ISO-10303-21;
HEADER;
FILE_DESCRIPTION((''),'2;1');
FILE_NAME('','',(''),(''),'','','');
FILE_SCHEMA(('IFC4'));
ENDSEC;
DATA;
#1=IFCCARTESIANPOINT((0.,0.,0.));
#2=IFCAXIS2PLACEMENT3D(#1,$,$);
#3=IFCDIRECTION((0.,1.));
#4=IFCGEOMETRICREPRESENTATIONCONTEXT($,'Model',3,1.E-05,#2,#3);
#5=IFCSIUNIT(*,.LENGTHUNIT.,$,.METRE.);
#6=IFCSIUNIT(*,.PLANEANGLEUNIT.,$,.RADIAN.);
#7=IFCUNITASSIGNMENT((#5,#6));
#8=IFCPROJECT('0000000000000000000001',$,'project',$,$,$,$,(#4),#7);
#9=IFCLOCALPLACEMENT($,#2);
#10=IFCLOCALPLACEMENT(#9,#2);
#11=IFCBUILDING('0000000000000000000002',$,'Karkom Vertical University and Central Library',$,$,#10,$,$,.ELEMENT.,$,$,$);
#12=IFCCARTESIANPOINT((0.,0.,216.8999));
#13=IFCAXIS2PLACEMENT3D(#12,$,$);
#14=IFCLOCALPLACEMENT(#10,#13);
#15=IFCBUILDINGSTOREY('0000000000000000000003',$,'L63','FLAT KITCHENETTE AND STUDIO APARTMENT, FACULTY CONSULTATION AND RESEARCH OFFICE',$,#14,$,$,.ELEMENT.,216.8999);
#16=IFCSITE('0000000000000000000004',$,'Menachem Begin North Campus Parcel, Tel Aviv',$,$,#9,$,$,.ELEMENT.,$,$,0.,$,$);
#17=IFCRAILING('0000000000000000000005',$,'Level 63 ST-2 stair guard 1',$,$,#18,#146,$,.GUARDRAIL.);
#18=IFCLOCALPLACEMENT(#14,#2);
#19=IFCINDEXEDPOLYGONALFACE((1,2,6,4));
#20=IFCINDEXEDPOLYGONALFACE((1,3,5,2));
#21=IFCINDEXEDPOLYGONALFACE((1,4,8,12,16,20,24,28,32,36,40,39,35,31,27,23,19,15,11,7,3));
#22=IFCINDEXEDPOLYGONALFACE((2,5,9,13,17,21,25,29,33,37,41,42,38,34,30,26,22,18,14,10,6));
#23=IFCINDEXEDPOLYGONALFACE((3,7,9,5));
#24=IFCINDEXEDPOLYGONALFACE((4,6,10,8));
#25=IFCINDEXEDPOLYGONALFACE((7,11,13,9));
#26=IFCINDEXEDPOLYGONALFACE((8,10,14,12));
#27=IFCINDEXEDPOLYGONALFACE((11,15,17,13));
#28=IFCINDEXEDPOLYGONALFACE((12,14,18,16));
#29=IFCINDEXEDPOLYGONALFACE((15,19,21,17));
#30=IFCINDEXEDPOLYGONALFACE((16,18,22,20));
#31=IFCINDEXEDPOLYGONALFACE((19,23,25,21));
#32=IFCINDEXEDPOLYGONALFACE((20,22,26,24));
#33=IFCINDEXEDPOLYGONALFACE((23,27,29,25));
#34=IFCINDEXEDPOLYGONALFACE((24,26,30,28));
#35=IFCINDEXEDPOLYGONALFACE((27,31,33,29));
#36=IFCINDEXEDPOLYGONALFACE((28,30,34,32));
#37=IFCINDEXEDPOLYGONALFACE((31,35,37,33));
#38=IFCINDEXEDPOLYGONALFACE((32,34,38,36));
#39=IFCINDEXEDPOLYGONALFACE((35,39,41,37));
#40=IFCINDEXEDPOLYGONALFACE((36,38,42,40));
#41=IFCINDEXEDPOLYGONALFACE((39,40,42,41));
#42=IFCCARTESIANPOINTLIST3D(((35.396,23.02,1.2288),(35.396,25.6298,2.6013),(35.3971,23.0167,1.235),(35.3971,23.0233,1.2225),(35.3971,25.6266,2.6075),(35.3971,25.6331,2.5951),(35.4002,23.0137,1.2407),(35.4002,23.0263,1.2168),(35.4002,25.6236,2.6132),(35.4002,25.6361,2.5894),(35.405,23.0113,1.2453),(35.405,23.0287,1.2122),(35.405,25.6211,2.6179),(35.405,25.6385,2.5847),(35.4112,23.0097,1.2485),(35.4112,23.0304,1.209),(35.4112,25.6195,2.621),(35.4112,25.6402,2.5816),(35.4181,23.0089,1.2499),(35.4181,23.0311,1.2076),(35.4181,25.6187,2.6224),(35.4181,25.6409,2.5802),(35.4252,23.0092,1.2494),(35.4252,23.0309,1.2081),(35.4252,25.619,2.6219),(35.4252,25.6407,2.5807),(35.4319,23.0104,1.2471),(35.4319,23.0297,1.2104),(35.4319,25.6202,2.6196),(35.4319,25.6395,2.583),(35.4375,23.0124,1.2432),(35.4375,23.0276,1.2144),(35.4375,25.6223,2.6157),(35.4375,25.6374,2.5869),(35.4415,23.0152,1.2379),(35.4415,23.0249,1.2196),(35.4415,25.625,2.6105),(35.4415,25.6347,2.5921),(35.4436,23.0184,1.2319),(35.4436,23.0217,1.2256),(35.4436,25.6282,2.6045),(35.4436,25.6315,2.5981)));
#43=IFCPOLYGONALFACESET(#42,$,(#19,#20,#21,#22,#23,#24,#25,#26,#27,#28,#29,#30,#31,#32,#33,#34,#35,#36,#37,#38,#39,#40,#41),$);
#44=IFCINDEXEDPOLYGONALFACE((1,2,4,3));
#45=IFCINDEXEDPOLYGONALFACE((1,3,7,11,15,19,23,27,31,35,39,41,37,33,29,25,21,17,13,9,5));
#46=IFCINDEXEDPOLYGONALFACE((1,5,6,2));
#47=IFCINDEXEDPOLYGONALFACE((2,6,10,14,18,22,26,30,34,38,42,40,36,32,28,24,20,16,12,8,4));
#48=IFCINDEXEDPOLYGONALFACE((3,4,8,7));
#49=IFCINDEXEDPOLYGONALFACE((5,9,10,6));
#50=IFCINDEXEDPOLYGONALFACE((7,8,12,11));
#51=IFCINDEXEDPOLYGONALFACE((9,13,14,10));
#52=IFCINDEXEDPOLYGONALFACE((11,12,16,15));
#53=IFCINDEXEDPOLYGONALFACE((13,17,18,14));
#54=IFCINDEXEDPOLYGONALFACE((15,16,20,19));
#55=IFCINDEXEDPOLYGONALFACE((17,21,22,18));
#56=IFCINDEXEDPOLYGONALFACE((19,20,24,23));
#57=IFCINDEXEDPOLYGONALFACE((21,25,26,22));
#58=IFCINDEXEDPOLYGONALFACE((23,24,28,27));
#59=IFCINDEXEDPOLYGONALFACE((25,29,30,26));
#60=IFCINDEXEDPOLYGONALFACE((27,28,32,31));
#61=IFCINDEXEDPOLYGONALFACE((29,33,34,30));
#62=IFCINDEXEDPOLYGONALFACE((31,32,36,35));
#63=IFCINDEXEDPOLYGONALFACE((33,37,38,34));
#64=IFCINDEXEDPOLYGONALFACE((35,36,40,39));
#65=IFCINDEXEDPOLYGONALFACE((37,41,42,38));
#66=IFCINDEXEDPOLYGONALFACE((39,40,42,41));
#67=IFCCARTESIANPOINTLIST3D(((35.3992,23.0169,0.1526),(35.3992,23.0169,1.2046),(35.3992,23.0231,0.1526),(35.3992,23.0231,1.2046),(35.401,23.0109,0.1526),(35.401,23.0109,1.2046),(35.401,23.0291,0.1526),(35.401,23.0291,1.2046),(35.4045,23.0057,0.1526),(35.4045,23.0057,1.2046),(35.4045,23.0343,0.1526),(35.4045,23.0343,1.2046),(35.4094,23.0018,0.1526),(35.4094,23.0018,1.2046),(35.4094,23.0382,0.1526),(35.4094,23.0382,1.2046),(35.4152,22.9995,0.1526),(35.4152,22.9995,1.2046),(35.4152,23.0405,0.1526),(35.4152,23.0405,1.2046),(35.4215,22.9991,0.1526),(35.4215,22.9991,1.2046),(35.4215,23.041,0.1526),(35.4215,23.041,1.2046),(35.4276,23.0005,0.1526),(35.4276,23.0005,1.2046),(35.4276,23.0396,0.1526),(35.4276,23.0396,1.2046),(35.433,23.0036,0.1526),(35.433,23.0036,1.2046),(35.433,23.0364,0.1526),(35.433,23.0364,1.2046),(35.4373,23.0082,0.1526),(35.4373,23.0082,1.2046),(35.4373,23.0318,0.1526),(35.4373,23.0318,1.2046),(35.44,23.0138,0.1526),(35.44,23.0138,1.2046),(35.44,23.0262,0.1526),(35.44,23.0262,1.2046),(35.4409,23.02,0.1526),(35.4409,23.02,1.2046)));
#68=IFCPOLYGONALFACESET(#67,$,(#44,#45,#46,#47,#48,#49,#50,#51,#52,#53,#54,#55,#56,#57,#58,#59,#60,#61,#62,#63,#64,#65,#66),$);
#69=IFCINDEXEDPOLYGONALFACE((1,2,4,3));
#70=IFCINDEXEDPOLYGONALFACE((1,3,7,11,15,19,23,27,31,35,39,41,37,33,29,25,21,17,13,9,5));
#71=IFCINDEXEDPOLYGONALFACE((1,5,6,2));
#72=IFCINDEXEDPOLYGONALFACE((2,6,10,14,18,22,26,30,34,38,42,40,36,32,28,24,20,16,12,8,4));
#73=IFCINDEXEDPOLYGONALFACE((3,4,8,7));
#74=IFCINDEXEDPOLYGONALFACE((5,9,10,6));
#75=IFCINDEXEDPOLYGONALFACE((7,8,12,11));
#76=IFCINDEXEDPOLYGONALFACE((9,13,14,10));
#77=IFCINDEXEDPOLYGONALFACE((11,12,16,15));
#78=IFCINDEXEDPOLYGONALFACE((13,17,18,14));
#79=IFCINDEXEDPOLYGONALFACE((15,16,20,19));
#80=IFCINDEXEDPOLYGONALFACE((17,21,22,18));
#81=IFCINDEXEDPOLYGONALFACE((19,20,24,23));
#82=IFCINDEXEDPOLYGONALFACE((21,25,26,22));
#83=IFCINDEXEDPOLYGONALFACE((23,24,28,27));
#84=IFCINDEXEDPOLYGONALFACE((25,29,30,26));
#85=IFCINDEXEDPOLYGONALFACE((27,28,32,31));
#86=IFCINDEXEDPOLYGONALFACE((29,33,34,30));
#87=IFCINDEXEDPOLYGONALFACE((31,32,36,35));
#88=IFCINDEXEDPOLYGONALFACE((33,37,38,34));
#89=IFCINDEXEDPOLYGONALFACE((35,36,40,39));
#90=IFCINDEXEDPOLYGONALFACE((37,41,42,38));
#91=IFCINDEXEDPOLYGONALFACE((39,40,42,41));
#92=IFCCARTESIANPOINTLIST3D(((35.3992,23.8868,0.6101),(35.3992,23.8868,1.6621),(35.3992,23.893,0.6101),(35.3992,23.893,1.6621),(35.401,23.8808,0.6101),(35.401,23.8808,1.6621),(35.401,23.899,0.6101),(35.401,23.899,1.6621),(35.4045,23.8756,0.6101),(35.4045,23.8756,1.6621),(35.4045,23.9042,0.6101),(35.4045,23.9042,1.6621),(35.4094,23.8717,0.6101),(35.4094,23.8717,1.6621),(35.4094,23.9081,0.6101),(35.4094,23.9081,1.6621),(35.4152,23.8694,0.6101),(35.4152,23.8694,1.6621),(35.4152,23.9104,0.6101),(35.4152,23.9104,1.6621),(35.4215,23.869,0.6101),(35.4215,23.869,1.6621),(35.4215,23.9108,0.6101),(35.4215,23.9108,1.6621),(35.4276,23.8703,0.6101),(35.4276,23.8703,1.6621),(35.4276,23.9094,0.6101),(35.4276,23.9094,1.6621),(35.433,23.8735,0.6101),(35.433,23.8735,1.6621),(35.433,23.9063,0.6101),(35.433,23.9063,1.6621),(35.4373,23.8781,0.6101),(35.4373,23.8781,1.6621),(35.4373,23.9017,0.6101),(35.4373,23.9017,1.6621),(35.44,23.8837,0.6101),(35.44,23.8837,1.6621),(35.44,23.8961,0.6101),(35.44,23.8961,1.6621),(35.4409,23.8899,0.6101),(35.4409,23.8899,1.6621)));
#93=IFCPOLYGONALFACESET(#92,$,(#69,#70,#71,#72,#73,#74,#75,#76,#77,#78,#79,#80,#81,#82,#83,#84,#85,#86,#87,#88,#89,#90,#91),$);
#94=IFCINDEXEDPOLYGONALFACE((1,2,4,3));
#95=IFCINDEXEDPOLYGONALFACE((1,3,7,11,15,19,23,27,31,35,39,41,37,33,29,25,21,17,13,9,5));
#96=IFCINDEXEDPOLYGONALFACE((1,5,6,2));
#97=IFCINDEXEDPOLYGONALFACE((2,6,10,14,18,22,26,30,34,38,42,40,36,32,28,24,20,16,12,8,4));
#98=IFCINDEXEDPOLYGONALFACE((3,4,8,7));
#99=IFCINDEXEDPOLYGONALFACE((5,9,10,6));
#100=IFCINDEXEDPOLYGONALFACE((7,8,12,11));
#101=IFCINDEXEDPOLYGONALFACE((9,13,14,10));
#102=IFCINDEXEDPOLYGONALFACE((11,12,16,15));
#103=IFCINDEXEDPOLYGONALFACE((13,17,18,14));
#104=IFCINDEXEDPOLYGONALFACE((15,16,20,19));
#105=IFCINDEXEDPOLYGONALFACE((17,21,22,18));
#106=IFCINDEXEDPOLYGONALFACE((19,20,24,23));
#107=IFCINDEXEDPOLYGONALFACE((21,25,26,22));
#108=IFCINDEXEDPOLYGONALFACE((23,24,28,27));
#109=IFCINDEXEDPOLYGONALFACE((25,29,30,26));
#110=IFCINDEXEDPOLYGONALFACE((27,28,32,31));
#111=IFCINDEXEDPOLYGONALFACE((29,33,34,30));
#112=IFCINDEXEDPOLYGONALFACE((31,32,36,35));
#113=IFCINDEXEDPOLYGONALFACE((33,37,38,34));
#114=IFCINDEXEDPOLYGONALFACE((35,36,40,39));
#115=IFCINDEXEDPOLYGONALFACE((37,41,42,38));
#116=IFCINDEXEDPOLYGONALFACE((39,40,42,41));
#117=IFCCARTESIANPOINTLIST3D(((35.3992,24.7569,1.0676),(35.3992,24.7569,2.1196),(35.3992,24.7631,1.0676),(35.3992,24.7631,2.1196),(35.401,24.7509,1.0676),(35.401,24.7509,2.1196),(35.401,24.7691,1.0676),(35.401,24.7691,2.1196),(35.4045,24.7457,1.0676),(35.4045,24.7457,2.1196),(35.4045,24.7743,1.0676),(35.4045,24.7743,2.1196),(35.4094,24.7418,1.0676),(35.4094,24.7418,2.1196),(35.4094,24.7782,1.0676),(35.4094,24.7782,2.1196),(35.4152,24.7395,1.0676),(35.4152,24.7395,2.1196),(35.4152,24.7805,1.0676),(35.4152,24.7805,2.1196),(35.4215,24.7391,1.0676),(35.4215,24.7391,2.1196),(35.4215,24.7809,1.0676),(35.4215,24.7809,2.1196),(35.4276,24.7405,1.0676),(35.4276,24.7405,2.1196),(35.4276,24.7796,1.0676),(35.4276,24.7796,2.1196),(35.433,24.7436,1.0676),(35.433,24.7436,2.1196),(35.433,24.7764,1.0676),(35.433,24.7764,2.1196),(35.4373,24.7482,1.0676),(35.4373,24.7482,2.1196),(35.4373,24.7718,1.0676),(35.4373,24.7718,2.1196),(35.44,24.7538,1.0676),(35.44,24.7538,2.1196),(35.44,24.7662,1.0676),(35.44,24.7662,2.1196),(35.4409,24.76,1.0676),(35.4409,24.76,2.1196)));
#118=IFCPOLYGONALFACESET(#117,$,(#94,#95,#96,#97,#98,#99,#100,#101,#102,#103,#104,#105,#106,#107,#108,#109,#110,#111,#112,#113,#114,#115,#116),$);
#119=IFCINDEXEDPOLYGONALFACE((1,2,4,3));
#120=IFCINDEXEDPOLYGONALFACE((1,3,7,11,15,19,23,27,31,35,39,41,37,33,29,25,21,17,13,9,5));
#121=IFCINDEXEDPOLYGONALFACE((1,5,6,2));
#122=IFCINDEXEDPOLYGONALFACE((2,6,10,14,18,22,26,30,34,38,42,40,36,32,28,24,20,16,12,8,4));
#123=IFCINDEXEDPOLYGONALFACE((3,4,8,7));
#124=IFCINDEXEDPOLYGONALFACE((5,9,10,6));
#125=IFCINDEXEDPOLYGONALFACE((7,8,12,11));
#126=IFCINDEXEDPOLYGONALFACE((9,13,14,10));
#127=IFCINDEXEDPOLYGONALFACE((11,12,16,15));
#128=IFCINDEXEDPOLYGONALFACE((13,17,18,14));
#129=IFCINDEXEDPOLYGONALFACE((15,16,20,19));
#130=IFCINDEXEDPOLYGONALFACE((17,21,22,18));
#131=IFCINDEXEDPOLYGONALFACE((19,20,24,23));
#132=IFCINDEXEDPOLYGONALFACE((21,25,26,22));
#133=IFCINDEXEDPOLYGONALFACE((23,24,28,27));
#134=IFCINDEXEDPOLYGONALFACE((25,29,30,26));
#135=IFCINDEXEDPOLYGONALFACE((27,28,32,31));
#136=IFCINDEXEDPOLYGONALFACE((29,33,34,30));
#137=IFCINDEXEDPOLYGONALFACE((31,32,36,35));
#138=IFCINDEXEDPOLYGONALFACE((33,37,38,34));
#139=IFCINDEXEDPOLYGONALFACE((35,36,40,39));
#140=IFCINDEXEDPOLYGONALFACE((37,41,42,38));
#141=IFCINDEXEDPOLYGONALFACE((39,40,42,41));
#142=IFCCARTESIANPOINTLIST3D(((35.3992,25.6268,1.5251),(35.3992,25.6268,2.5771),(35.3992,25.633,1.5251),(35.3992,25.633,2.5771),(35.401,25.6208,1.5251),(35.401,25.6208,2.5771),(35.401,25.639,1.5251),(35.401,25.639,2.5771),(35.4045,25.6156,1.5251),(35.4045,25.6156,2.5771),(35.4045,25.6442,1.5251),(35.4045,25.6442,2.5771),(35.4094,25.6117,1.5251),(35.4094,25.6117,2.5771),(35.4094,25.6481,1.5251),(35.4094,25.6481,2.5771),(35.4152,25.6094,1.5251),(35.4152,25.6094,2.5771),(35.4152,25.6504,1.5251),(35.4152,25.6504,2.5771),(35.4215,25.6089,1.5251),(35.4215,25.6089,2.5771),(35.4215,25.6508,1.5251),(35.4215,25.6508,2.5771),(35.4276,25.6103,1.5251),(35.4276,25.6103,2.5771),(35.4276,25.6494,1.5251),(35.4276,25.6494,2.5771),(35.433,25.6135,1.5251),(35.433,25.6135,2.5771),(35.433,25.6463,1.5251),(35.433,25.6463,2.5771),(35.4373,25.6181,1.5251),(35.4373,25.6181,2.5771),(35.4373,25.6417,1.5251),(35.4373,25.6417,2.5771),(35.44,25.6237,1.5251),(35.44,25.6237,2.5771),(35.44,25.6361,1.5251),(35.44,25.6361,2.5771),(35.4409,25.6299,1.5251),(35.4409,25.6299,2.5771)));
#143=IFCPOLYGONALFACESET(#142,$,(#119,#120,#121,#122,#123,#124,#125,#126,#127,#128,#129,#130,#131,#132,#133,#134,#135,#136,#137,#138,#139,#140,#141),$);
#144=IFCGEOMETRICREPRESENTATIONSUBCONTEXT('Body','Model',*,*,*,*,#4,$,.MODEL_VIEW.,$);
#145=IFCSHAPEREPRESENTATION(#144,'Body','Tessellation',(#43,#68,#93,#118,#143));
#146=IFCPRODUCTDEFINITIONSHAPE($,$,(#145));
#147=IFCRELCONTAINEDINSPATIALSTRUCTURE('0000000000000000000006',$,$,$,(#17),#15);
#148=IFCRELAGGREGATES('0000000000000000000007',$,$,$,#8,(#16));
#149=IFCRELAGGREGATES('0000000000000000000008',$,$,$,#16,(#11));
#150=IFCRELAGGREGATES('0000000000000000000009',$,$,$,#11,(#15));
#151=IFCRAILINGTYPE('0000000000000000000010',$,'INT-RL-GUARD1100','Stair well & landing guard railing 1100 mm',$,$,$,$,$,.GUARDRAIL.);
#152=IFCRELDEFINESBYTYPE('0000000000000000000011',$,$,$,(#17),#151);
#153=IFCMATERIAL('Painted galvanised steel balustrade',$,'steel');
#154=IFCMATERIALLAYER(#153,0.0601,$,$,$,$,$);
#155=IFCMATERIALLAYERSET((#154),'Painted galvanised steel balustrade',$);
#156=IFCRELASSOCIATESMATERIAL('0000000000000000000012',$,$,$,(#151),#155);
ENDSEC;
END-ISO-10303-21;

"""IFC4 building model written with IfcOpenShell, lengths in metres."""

from ifc_helpers import new_model, si_unit, direction, frame, origin, origin_2d, place, context, subcontext, project, spatial, circle, extrude, material, layer, layer_set, type_object, element, save


model = new_model("IFC4")

# Units and contexts
model_context = context("Model", 3, precision=1e-05, world=origin(), true_north=direction((0.0, 1.0)))
body_context = subcontext(model_context, "Body", "Model", "MODEL_VIEW")
ifc_project = project(units=[si_unit("LENGTHUNIT", "METRE"), si_unit("PLANEANGLEUNIT", "RADIAN")], contexts=[model_context])

# Site, building, storey
site_placement = place(None, origin())
site = spatial("IfcSite", under=ifc_project, at=site_placement, Name="Menachem Begin North Campus Parcel, Tel Aviv", CompositionType="ELEMENT", RefElevation=0.0)
building_placement = place(site_placement, origin())
building = spatial("IfcBuilding", under=site, at=building_placement, Name="Karkom Vertical University and Central Library", CompositionType="ELEMENT")
storey_placement = place(building_placement, frame((0.0, 0.0, 216.8999)))
storey = spatial("IfcBuildingStorey", under=building, at=storey_placement, Name="L63", Description="FLAT KITCHENETTE AND STUDIO APARTMENT, FACULTY CONSULTATION AND RESEARCH OFFICE", CompositionType="ELEMENT", Elevation=216.8999)

# Railing
ifc_material_1 = material(Name="Painted galvanised steel balustrade", Category="steel")
ifc_layer_1 = layer(ifc_material_1, 0.0601)
ifc_layer_set_1 = layer_set([ifc_layer_1], Name="Painted galvanised steel balustrade")
railing_type_1 = type_object("IfcRailingType", Name="INT-RL-GUARD1100", Description="Stair well & landing guard railing 1100 mm", PredefinedType="GUARDRAIL", material=ifc_layer_set_1)
railing_1_placement = place(storey_placement, frame((35.4199, 23.02, 0.1526)))
element("IfcRailing", 1, at=railing_1_placement, inside=storey, type_object=railing_type_1, Name="Level 63 ST-2 stair guard 1", PredefinedType="GUARDRAIL", context=body_context, shape_type="SweptSolid", body=[
    extrude(circle(Radius=0.0239, at=origin_2d()), frame((0.0, 0.0, 1.0762), z_axis=(0.0, 0.885065, 0.465467), x_axis=(-1.0, 0.0, 0.0)), (0.0, 0.0, 1.0), 2.9487),
    extrude(circle(Radius=0.021, at=origin_2d()), origin(), (0.0, 0.0, 1.0), 1.052),
    extrude(circle(Radius=0.021, at=origin_2d()), frame((0.0, 0.8699, 0.4575)), (0.0, 0.0, 1.0), 1.052),
    extrude(circle(Radius=0.021, at=origin_2d()), frame((0.0, 1.74, 0.915)), (0.0, 0.0, 1.0), 1.052),
    extrude(circle(Radius=0.021, at=origin_2d()), frame((0.0, 2.6099, 1.3726)), (0.0, 0.0, 1.0), 1.052),
])

save(model, "model.ifc")
